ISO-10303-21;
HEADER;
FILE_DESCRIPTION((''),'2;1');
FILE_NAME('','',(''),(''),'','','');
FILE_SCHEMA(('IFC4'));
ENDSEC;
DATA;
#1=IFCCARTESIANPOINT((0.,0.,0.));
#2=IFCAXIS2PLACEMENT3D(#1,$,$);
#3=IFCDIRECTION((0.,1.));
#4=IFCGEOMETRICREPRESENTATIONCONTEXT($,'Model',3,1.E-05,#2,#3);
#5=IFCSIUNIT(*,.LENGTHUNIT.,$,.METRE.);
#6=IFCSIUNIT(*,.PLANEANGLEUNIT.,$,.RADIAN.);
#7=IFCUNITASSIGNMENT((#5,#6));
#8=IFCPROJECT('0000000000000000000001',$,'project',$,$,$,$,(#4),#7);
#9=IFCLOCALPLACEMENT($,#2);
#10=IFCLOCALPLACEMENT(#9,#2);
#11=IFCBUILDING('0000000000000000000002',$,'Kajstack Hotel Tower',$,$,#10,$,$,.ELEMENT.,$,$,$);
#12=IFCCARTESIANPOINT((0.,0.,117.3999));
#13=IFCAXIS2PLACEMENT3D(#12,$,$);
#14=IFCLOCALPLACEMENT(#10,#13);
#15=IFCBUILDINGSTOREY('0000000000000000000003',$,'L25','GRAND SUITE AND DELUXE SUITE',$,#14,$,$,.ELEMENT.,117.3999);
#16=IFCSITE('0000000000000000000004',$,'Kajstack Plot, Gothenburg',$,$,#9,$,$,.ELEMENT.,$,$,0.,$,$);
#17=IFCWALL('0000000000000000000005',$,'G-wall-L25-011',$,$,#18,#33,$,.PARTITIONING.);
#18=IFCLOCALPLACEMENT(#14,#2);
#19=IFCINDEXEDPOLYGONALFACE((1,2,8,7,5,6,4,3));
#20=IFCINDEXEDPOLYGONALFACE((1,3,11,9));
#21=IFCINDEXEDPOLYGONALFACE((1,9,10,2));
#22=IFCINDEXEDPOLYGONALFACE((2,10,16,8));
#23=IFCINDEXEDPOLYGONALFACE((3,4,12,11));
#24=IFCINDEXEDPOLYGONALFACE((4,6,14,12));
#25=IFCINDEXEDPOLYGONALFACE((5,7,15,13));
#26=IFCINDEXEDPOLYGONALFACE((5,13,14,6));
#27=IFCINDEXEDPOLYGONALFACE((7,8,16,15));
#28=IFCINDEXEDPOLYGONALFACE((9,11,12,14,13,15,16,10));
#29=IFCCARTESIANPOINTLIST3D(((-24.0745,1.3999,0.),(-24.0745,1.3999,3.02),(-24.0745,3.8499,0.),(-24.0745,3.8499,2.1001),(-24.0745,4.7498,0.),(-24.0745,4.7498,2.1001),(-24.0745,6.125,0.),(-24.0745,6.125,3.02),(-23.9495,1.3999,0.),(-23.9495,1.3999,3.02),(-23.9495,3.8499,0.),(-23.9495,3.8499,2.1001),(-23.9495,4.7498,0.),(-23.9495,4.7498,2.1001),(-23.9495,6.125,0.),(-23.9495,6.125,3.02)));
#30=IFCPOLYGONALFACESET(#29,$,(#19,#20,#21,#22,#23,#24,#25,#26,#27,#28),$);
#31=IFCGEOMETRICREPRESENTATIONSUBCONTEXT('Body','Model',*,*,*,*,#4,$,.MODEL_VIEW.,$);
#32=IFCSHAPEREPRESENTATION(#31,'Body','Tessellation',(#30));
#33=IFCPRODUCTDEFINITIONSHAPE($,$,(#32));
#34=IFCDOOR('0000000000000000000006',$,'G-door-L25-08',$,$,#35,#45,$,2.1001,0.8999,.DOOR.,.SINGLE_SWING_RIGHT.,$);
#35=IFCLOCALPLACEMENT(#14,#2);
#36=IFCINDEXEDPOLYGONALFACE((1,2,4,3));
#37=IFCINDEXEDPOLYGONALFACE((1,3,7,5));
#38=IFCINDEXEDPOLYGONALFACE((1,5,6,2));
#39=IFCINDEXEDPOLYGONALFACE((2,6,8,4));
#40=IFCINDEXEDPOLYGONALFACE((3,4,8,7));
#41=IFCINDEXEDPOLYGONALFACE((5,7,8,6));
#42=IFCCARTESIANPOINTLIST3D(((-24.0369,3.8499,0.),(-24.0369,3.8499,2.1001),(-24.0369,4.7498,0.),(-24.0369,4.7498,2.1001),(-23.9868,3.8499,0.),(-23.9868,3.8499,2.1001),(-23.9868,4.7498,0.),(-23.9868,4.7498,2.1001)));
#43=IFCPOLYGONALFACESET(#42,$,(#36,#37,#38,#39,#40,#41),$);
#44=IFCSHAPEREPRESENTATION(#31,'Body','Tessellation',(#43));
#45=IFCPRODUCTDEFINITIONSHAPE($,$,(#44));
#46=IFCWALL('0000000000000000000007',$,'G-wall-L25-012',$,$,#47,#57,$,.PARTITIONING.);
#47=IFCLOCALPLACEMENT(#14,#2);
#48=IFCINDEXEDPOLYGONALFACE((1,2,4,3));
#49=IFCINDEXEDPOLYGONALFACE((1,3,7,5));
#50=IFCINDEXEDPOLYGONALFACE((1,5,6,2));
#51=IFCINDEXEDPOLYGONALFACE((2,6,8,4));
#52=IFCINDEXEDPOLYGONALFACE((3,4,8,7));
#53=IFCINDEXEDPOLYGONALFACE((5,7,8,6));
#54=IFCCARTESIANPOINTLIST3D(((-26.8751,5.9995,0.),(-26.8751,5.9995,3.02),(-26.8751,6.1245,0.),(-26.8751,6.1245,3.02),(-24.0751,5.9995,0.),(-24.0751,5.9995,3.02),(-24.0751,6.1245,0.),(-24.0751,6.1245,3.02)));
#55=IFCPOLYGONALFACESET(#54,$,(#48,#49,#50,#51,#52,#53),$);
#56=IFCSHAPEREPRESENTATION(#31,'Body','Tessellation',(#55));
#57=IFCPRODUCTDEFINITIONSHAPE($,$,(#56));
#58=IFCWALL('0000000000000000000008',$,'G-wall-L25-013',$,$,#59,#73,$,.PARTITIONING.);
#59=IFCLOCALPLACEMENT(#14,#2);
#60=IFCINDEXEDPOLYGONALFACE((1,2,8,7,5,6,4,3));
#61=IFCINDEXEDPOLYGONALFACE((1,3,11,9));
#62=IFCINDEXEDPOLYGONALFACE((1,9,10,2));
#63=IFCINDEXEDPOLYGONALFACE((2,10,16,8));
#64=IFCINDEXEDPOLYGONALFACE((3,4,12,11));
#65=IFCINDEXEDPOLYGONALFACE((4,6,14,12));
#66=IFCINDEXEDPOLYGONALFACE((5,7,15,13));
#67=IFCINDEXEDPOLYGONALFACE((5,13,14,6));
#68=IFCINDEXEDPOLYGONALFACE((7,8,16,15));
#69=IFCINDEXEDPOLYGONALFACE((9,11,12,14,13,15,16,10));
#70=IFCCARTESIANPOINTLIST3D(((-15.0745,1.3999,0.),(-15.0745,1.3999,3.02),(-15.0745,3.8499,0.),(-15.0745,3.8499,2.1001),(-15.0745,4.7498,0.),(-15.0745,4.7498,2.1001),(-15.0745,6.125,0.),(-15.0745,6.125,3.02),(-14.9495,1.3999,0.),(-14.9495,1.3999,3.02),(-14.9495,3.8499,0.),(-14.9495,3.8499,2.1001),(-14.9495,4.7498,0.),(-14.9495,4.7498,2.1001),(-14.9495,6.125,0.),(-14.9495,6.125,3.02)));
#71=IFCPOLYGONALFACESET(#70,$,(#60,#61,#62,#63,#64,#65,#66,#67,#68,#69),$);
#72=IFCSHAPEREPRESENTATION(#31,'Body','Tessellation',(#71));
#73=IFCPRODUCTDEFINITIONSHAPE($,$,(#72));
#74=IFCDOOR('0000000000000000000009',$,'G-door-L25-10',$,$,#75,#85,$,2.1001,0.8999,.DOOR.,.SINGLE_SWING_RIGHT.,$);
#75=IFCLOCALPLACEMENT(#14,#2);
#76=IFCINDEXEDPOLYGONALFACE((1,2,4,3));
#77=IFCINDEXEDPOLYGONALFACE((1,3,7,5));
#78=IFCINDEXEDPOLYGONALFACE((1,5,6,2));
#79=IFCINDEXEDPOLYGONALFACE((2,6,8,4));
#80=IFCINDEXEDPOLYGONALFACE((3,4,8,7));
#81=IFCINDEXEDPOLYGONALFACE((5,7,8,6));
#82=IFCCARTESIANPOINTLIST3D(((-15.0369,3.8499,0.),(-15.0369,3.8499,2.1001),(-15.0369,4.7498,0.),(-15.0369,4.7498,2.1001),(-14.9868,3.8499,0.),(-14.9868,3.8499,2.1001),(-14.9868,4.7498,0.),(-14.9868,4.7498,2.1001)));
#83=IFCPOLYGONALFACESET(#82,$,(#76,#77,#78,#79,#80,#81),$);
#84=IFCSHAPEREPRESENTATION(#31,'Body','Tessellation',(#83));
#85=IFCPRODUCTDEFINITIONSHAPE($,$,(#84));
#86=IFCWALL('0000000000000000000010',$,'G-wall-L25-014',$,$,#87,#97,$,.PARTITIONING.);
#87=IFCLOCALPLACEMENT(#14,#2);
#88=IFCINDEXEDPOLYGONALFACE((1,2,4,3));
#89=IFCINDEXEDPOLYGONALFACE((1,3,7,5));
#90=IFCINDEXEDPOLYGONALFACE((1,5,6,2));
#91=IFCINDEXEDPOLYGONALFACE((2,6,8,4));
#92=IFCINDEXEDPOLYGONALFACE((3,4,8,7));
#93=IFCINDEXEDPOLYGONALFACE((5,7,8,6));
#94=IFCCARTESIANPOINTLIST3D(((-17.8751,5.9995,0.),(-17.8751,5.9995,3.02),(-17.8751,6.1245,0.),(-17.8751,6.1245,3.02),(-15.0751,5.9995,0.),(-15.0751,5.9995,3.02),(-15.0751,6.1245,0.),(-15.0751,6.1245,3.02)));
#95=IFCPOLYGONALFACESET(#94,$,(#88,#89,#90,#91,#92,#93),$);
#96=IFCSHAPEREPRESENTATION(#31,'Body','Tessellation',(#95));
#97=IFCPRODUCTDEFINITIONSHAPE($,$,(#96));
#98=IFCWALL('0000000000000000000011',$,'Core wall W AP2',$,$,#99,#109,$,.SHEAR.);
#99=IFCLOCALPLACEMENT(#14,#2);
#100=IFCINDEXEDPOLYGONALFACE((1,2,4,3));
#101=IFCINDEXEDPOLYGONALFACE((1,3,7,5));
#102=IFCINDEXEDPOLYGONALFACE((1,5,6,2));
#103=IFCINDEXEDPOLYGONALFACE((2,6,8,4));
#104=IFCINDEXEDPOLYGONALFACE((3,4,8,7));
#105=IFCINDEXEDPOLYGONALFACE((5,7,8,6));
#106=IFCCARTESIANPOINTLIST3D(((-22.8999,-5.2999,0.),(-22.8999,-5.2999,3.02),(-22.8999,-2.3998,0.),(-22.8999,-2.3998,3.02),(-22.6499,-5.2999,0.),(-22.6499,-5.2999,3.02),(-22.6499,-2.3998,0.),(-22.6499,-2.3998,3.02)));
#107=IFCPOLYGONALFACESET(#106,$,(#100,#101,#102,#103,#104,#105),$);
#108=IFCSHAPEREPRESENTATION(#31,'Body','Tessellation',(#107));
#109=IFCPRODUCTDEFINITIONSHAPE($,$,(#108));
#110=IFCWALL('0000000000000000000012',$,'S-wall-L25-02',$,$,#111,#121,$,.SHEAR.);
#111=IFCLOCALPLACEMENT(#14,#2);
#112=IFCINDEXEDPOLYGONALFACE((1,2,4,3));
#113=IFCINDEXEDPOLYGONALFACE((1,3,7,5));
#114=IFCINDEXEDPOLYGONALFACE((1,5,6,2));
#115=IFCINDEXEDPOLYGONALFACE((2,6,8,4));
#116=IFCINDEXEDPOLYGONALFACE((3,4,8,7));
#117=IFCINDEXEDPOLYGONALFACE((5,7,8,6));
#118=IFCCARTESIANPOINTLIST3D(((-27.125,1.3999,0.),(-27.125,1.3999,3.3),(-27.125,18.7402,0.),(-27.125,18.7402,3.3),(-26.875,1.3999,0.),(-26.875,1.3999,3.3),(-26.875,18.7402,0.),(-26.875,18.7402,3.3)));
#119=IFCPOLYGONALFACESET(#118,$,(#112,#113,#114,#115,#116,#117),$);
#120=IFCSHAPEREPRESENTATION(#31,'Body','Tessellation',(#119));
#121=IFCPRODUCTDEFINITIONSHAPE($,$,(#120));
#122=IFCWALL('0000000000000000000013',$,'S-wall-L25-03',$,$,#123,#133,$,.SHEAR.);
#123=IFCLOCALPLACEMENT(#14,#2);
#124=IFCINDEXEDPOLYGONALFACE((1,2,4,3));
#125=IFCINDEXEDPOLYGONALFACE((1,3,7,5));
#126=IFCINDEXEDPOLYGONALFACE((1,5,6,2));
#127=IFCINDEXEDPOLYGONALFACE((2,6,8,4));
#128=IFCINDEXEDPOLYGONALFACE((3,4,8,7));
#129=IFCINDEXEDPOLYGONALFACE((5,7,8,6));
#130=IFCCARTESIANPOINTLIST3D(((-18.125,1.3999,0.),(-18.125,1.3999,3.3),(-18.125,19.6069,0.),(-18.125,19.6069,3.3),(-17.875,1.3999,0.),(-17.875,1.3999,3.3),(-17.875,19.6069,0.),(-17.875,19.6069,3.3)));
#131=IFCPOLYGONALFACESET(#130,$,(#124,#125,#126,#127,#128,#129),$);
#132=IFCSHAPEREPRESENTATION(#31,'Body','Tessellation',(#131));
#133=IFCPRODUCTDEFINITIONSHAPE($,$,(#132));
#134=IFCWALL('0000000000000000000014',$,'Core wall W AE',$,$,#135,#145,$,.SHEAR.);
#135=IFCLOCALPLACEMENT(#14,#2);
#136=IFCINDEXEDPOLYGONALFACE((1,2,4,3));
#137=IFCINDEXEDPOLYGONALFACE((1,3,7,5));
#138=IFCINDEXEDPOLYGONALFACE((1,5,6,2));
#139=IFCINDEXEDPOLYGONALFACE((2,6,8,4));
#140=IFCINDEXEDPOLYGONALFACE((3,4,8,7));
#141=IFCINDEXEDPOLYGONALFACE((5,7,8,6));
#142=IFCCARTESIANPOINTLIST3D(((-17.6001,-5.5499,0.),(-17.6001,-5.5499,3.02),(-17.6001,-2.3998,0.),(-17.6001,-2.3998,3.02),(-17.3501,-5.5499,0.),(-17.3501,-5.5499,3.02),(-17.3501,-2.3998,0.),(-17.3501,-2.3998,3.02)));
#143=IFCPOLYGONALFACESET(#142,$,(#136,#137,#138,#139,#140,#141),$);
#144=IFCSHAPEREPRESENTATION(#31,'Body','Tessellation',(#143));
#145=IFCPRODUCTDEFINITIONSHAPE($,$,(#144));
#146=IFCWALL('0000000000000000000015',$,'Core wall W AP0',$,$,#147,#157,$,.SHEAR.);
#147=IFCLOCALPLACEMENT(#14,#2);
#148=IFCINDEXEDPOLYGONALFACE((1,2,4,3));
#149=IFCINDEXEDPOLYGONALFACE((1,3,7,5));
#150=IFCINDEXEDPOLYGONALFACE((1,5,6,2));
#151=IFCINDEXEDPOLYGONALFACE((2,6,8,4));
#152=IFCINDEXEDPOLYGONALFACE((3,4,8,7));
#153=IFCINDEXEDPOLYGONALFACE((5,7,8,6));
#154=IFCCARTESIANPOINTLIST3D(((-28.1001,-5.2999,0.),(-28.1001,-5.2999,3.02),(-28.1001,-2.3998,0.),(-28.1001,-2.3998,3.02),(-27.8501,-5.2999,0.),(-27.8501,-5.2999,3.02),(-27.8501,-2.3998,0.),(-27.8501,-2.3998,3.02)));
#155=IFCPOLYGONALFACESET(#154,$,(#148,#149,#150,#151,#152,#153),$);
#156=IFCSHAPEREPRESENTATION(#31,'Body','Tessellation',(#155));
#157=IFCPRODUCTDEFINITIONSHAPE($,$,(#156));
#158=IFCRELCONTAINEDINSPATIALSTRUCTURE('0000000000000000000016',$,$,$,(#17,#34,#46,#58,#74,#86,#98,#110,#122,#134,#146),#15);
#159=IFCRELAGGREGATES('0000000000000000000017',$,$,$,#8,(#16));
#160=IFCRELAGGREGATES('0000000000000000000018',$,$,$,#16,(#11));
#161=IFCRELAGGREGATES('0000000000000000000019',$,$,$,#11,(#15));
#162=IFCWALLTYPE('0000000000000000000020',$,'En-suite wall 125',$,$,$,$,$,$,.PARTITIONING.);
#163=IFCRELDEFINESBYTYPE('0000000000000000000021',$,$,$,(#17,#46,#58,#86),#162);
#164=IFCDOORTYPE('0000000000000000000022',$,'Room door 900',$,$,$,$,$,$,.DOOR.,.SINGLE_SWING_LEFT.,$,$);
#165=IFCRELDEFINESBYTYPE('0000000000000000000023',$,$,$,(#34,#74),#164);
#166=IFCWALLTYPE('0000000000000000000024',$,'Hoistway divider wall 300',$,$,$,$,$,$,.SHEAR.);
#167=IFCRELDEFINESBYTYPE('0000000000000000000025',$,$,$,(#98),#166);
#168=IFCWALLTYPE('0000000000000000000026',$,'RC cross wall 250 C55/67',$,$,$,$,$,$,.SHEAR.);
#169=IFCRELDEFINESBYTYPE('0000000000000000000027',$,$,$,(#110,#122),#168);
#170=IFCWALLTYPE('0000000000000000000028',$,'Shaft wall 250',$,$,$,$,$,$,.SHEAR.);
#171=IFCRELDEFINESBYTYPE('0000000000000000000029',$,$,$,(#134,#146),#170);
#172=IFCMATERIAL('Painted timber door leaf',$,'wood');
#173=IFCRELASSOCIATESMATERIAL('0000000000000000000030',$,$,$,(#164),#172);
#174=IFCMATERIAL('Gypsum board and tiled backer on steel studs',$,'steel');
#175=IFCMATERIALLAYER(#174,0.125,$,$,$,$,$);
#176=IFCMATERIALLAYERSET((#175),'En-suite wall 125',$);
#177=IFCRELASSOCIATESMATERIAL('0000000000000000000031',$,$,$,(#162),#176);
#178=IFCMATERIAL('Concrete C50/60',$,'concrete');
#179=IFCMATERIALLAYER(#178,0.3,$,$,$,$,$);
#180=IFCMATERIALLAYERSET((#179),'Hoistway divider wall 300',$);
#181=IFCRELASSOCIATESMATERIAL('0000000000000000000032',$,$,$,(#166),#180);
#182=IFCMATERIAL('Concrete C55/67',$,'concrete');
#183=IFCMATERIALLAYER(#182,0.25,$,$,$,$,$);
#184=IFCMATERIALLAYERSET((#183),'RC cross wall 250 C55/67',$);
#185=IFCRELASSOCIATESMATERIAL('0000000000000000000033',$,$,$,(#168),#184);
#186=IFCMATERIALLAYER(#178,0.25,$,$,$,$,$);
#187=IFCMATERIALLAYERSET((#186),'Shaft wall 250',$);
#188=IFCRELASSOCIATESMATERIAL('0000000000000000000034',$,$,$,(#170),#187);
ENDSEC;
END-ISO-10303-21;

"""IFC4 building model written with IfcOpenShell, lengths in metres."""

from ifc_helpers import new_model, si_unit, direction, frame, frame_2d, origin, place, context, subcontext, project, spatial, rectangle, extrude, material, layer, layer_set, type_object, element, fill, save


model = new_model("IFC4")

# Units and contexts
model_context = context("Model", 3, precision=1e-05, world=origin(), true_north=direction((0.0, 1.0)))
body_context = subcontext(model_context, "Body", "Model", "MODEL_VIEW")
ifc_project = project(units=[si_unit("LENGTHUNIT", "METRE"), si_unit("PLANEANGLEUNIT", "RADIAN")], contexts=[model_context])

# Site, building, storey
site_placement = place(None, origin())
site = spatial("IfcSite", under=ifc_project, at=site_placement, Name="Kajstack Plot, Gothenburg", CompositionType="ELEMENT", RefElevation=0.0)
building_placement = place(site_placement, origin())
building = spatial("IfcBuilding", under=site, at=building_placement, Name="Kajstack Hotel Tower", CompositionType="ELEMENT")
storey_placement = place(building_placement, frame((0.0, 0.0, 117.3999)))
storey = spatial("IfcBuildingStorey", under=building, at=storey_placement, Name="L25", Description="GRAND SUITE AND DELUXE SUITE", CompositionType="ELEMENT", Elevation=117.3999)

# Shared definitions
ifc_material_1 = material(Name="Painted timber door leaf", Category="wood")
door_type_1 = type_object("IfcDoorType", Name="Room door 900", OperationType="SINGLE_SWING_LEFT", PredefinedType="DOOR", material=ifc_material_1)

# Wall, opening, door
ifc_material_2 = material(Name="Gypsum board and tiled backer on steel studs", Category="steel")
ifc_layer_1 = layer(ifc_material_2, 0.125)
ifc_layer_set_1 = layer_set([ifc_layer_1], Name="En-suite wall 125")
wall_type_1 = type_object("IfcWallType", Name="En-suite wall 125", PredefinedType="PARTITIONING", material=ifc_layer_set_1)
wall_1_placement = place(storey_placement, frame((-24.012, 1.3999, 0.0), z_axis=(0.0, 0.0, 1.0), x_axis=(0.0, 1.0, 0.0)))
wall_1 = element("IfcWall", 1, at=wall_1_placement, inside=storey, type_object=wall_type_1, Name="G-wall-L25-011", PredefinedType="PARTITIONING", context=body_context, shape_type="SweptSolid", body=[
    extrude(rectangle(XDim=4.7251, YDim=0.125, at=frame_2d((2.3625, 0.0))), origin(), (0.0, 0.0, 1.0), 3.02),
])
opening_1_placement = place(wall_1_placement, frame((2.45, 0.0, 0.0)))
opening_1 = element("IfcOpeningElement", 2, at=opening_1_placement, cuts=wall_1, PredefinedType="OPENING", context=body_context, shape_type="SweptSolid", body=[
    extrude(rectangle(XDim=0.8999, YDim=2.1001, at=frame_2d((0.45, 1.05))), frame((0.0, 0.0725, 0.0), z_axis=(0.0, -1.0, 0.0), x_axis=(1.0, 0.0, 0.0)), (0.0, 0.0, 1.0), 0.145),
])
door_1_placement = place(opening_1_placement, origin())
door_1 = element("IfcDoor", 3, at=door_1_placement, inside=storey, type_object=door_type_1, Name="G-door-L25-08", OperationType="SINGLE_SWING_RIGHT", OverallHeight=2.1001, OverallWidth=0.8999, PredefinedType="DOOR", context=body_context, shape_type="SweptSolid", body=[
    extrude(rectangle(XDim=0.8999, YDim=2.1001, at=frame_2d((0.45, 1.05))), frame((0.0, 0.0249, 0.0), z_axis=(0.0, -1.0, 0.0), x_axis=(1.0, 0.0, 0.0)), (0.0, 0.0, 1.0), 0.05),
])
fill(opening_1, door_1)

# Wall
wall_2_placement = place(storey_placement, frame((-26.875, 6.062, 0.0), z_axis=(0.0, 0.0, 1.0), x_axis=(1.0, 0.0, 0.0)))
element("IfcWall", 4, at=wall_2_placement, inside=storey, type_object=wall_type_1, Name="G-wall-L25-012", PredefinedType="PARTITIONING", context=body_context, shape_type="SweptSolid", body=[
    extrude(rectangle(XDim=2.8, YDim=0.125, at=frame_2d((1.3999, 0.0))), origin(), (0.0, 0.0, 1.0), 3.02),
])

# Wall, opening, door
wall_3_placement = place(storey_placement, frame((-15.012, 1.3999, 0.0), z_axis=(0.0, 0.0, 1.0), x_axis=(0.0, 1.0, 0.0)))
wall_3 = element("IfcWall", 5, at=wall_3_placement, inside=storey, type_object=wall_type_1, Name="G-wall-L25-013", PredefinedType="PARTITIONING", context=body_context, shape_type="SweptSolid", body=[
    extrude(rectangle(XDim=4.7251, YDim=0.125, at=frame_2d((2.3625, 0.0))), origin(), (0.0, 0.0, 1.0), 3.02),
])
opening_2_placement = place(wall_3_placement, frame((2.45, 0.0, 0.0)))
opening_2 = element("IfcOpeningElement", 6, at=opening_2_placement, cuts=wall_3, PredefinedType="OPENING", context=body_context, shape_type="SweptSolid", body=[
    extrude(rectangle(XDim=0.8999, YDim=2.1001, at=frame_2d((0.45, 1.05))), frame((0.0, 0.0725, 0.0), z_axis=(0.0, -1.0, 0.0), x_axis=(1.0, 0.0, 0.0)), (0.0, 0.0, 1.0), 0.145),
])
door_2_placement = place(opening_2_placement, origin())
door_2 = element("IfcDoor", 7, at=door_2_placement, inside=storey, type_object=door_type_1, Name="G-door-L25-10", OperationType="SINGLE_SWING_RIGHT", OverallHeight=2.1001, OverallWidth=0.8999, PredefinedType="DOOR", context=body_context, shape_type="SweptSolid", body=[
    extrude(rectangle(XDim=0.8999, YDim=2.1001, at=frame_2d((0.45, 1.05))), frame((0.0, 0.0249, 0.0), z_axis=(0.0, -1.0, 0.0), x_axis=(1.0, 0.0, 0.0)), (0.0, 0.0, 1.0), 0.05),
])
fill(opening_2, door_2)

# Walls
wall_4_placement = place(storey_placement, frame((-17.875, 6.062, 0.0), z_axis=(0.0, 0.0, 1.0), x_axis=(1.0, 0.0, 0.0)))
element("IfcWall", 8, at=wall_4_placement, inside=storey, type_object=wall_type_1, Name="G-wall-L25-014", PredefinedType="PARTITIONING", context=body_context, shape_type="SweptSolid", body=[
    extrude(rectangle(XDim=2.8, YDim=0.125, at=frame_2d((1.3999, 0.0))), origin(), (0.0, 0.0, 1.0), 3.02),
])
ifc_material_3 = material(Name="Concrete C50/60", Category="concrete")
ifc_layer_2 = layer(ifc_material_3, 0.3)
ifc_layer_set_2 = layer_set([ifc_layer_2], Name="Hoistway divider wall 300")
wall_type_2 = type_object("IfcWallType", Name="Hoistway divider wall 300", PredefinedType="SHEAR", material=ifc_layer_set_2)
wall_5_placement = place(storey_placement, frame((-22.7749, -5.3, 0.0), z_axis=(0.0, 0.0, 1.0), x_axis=(0.0, 1.0, 0.0)))
element("IfcWall", 9, at=wall_5_placement, inside=storey, type_object=wall_type_2, Name="Core wall W AP2", PredefinedType="SHEAR", context=body_context, shape_type="SweptSolid", body=[
    extrude(rectangle(XDim=2.9001, YDim=0.25, at=frame_2d((1.4502, 0.0))), origin(), (0.0, 0.0, 1.0), 3.02),
])
ifc_material_4 = material(Name="Concrete C55/67", Category="concrete")
ifc_layer_3 = layer(ifc_material_4, 0.25)
ifc_layer_set_3 = layer_set([ifc_layer_3], Name="RC cross wall 250 C55/67")
wall_type_3 = type_object("IfcWallType", Name="RC cross wall 250 C55/67", PredefinedType="SHEAR", material=ifc_layer_set_3)
wall_6_placement = place(storey_placement, frame((-27.0, 1.3999, 0.0), z_axis=(0.0, 0.0, 1.0), x_axis=(0.0, 1.0, 0.0)))
element("IfcWall", 10, at=wall_6_placement, inside=storey, type_object=wall_type_3, Name="S-wall-L25-02", PredefinedType="SHEAR", context=body_context, shape_type="SweptSolid", body=[
    extrude(rectangle(XDim=17.3403, YDim=0.25, at=frame_2d((8.6702, 0.0))), origin(), (0.0, 0.0, 1.0), 3.3),
])
wall_7_placement = place(storey_placement, frame((-18.0, 1.3999, 0.0), z_axis=(0.0, 0.0, 1.0), x_axis=(0.0, 1.0, 0.0)))
element("IfcWall", 11, at=wall_7_placement, inside=storey, type_object=wall_type_3, Name="S-wall-L25-03", PredefinedType="SHEAR", context=body_context, shape_type="SweptSolid", body=[
    extrude(rectangle(XDim=18.207, YDim=0.25, at=frame_2d((9.1035, 0.0))), origin(), (0.0, 0.0, 1.0), 3.3),
])
ifc_layer_4 = layer(ifc_material_3, 0.25)
ifc_layer_set_4 = layer_set([ifc_layer_4], Name="Shaft wall 250")
wall_type_4 = type_object("IfcWallType", Name="Shaft wall 250", PredefinedType="SHEAR", material=ifc_layer_set_4)
wall_8_placement = place(storey_placement, frame((-17.4751, -5.55, 0.0), z_axis=(0.0, 0.0, 1.0), x_axis=(0.0, 1.0, 0.0)))
element("IfcWall", 12, at=wall_8_placement, inside=storey, type_object=wall_type_4, Name="Core wall W AE", PredefinedType="SHEAR", context=body_context, shape_type="SweptSolid", body=[
    extrude(rectangle(XDim=3.1501, YDim=0.25, at=frame_2d((1.5752, 0.0))), origin(), (0.0, 0.0, 1.0), 3.02),
])
wall_9_placement = place(storey_placement, frame((-27.9751, -5.3, 0.0), z_axis=(0.0, 0.0, 1.0), x_axis=(0.0, 1.0, 0.0)))
element("IfcWall", 13, at=wall_9_placement, inside=storey, type_object=wall_type_4, Name="Core wall W AP0", PredefinedType="SHEAR", context=body_context, shape_type="SweptSolid", body=[
    extrude(rectangle(XDim=2.9001, YDim=0.25, at=frame_2d((1.4502, 0.0))), origin(), (0.0, 0.0, 1.0), 3.02),
])

save(model, "model.ifc")
